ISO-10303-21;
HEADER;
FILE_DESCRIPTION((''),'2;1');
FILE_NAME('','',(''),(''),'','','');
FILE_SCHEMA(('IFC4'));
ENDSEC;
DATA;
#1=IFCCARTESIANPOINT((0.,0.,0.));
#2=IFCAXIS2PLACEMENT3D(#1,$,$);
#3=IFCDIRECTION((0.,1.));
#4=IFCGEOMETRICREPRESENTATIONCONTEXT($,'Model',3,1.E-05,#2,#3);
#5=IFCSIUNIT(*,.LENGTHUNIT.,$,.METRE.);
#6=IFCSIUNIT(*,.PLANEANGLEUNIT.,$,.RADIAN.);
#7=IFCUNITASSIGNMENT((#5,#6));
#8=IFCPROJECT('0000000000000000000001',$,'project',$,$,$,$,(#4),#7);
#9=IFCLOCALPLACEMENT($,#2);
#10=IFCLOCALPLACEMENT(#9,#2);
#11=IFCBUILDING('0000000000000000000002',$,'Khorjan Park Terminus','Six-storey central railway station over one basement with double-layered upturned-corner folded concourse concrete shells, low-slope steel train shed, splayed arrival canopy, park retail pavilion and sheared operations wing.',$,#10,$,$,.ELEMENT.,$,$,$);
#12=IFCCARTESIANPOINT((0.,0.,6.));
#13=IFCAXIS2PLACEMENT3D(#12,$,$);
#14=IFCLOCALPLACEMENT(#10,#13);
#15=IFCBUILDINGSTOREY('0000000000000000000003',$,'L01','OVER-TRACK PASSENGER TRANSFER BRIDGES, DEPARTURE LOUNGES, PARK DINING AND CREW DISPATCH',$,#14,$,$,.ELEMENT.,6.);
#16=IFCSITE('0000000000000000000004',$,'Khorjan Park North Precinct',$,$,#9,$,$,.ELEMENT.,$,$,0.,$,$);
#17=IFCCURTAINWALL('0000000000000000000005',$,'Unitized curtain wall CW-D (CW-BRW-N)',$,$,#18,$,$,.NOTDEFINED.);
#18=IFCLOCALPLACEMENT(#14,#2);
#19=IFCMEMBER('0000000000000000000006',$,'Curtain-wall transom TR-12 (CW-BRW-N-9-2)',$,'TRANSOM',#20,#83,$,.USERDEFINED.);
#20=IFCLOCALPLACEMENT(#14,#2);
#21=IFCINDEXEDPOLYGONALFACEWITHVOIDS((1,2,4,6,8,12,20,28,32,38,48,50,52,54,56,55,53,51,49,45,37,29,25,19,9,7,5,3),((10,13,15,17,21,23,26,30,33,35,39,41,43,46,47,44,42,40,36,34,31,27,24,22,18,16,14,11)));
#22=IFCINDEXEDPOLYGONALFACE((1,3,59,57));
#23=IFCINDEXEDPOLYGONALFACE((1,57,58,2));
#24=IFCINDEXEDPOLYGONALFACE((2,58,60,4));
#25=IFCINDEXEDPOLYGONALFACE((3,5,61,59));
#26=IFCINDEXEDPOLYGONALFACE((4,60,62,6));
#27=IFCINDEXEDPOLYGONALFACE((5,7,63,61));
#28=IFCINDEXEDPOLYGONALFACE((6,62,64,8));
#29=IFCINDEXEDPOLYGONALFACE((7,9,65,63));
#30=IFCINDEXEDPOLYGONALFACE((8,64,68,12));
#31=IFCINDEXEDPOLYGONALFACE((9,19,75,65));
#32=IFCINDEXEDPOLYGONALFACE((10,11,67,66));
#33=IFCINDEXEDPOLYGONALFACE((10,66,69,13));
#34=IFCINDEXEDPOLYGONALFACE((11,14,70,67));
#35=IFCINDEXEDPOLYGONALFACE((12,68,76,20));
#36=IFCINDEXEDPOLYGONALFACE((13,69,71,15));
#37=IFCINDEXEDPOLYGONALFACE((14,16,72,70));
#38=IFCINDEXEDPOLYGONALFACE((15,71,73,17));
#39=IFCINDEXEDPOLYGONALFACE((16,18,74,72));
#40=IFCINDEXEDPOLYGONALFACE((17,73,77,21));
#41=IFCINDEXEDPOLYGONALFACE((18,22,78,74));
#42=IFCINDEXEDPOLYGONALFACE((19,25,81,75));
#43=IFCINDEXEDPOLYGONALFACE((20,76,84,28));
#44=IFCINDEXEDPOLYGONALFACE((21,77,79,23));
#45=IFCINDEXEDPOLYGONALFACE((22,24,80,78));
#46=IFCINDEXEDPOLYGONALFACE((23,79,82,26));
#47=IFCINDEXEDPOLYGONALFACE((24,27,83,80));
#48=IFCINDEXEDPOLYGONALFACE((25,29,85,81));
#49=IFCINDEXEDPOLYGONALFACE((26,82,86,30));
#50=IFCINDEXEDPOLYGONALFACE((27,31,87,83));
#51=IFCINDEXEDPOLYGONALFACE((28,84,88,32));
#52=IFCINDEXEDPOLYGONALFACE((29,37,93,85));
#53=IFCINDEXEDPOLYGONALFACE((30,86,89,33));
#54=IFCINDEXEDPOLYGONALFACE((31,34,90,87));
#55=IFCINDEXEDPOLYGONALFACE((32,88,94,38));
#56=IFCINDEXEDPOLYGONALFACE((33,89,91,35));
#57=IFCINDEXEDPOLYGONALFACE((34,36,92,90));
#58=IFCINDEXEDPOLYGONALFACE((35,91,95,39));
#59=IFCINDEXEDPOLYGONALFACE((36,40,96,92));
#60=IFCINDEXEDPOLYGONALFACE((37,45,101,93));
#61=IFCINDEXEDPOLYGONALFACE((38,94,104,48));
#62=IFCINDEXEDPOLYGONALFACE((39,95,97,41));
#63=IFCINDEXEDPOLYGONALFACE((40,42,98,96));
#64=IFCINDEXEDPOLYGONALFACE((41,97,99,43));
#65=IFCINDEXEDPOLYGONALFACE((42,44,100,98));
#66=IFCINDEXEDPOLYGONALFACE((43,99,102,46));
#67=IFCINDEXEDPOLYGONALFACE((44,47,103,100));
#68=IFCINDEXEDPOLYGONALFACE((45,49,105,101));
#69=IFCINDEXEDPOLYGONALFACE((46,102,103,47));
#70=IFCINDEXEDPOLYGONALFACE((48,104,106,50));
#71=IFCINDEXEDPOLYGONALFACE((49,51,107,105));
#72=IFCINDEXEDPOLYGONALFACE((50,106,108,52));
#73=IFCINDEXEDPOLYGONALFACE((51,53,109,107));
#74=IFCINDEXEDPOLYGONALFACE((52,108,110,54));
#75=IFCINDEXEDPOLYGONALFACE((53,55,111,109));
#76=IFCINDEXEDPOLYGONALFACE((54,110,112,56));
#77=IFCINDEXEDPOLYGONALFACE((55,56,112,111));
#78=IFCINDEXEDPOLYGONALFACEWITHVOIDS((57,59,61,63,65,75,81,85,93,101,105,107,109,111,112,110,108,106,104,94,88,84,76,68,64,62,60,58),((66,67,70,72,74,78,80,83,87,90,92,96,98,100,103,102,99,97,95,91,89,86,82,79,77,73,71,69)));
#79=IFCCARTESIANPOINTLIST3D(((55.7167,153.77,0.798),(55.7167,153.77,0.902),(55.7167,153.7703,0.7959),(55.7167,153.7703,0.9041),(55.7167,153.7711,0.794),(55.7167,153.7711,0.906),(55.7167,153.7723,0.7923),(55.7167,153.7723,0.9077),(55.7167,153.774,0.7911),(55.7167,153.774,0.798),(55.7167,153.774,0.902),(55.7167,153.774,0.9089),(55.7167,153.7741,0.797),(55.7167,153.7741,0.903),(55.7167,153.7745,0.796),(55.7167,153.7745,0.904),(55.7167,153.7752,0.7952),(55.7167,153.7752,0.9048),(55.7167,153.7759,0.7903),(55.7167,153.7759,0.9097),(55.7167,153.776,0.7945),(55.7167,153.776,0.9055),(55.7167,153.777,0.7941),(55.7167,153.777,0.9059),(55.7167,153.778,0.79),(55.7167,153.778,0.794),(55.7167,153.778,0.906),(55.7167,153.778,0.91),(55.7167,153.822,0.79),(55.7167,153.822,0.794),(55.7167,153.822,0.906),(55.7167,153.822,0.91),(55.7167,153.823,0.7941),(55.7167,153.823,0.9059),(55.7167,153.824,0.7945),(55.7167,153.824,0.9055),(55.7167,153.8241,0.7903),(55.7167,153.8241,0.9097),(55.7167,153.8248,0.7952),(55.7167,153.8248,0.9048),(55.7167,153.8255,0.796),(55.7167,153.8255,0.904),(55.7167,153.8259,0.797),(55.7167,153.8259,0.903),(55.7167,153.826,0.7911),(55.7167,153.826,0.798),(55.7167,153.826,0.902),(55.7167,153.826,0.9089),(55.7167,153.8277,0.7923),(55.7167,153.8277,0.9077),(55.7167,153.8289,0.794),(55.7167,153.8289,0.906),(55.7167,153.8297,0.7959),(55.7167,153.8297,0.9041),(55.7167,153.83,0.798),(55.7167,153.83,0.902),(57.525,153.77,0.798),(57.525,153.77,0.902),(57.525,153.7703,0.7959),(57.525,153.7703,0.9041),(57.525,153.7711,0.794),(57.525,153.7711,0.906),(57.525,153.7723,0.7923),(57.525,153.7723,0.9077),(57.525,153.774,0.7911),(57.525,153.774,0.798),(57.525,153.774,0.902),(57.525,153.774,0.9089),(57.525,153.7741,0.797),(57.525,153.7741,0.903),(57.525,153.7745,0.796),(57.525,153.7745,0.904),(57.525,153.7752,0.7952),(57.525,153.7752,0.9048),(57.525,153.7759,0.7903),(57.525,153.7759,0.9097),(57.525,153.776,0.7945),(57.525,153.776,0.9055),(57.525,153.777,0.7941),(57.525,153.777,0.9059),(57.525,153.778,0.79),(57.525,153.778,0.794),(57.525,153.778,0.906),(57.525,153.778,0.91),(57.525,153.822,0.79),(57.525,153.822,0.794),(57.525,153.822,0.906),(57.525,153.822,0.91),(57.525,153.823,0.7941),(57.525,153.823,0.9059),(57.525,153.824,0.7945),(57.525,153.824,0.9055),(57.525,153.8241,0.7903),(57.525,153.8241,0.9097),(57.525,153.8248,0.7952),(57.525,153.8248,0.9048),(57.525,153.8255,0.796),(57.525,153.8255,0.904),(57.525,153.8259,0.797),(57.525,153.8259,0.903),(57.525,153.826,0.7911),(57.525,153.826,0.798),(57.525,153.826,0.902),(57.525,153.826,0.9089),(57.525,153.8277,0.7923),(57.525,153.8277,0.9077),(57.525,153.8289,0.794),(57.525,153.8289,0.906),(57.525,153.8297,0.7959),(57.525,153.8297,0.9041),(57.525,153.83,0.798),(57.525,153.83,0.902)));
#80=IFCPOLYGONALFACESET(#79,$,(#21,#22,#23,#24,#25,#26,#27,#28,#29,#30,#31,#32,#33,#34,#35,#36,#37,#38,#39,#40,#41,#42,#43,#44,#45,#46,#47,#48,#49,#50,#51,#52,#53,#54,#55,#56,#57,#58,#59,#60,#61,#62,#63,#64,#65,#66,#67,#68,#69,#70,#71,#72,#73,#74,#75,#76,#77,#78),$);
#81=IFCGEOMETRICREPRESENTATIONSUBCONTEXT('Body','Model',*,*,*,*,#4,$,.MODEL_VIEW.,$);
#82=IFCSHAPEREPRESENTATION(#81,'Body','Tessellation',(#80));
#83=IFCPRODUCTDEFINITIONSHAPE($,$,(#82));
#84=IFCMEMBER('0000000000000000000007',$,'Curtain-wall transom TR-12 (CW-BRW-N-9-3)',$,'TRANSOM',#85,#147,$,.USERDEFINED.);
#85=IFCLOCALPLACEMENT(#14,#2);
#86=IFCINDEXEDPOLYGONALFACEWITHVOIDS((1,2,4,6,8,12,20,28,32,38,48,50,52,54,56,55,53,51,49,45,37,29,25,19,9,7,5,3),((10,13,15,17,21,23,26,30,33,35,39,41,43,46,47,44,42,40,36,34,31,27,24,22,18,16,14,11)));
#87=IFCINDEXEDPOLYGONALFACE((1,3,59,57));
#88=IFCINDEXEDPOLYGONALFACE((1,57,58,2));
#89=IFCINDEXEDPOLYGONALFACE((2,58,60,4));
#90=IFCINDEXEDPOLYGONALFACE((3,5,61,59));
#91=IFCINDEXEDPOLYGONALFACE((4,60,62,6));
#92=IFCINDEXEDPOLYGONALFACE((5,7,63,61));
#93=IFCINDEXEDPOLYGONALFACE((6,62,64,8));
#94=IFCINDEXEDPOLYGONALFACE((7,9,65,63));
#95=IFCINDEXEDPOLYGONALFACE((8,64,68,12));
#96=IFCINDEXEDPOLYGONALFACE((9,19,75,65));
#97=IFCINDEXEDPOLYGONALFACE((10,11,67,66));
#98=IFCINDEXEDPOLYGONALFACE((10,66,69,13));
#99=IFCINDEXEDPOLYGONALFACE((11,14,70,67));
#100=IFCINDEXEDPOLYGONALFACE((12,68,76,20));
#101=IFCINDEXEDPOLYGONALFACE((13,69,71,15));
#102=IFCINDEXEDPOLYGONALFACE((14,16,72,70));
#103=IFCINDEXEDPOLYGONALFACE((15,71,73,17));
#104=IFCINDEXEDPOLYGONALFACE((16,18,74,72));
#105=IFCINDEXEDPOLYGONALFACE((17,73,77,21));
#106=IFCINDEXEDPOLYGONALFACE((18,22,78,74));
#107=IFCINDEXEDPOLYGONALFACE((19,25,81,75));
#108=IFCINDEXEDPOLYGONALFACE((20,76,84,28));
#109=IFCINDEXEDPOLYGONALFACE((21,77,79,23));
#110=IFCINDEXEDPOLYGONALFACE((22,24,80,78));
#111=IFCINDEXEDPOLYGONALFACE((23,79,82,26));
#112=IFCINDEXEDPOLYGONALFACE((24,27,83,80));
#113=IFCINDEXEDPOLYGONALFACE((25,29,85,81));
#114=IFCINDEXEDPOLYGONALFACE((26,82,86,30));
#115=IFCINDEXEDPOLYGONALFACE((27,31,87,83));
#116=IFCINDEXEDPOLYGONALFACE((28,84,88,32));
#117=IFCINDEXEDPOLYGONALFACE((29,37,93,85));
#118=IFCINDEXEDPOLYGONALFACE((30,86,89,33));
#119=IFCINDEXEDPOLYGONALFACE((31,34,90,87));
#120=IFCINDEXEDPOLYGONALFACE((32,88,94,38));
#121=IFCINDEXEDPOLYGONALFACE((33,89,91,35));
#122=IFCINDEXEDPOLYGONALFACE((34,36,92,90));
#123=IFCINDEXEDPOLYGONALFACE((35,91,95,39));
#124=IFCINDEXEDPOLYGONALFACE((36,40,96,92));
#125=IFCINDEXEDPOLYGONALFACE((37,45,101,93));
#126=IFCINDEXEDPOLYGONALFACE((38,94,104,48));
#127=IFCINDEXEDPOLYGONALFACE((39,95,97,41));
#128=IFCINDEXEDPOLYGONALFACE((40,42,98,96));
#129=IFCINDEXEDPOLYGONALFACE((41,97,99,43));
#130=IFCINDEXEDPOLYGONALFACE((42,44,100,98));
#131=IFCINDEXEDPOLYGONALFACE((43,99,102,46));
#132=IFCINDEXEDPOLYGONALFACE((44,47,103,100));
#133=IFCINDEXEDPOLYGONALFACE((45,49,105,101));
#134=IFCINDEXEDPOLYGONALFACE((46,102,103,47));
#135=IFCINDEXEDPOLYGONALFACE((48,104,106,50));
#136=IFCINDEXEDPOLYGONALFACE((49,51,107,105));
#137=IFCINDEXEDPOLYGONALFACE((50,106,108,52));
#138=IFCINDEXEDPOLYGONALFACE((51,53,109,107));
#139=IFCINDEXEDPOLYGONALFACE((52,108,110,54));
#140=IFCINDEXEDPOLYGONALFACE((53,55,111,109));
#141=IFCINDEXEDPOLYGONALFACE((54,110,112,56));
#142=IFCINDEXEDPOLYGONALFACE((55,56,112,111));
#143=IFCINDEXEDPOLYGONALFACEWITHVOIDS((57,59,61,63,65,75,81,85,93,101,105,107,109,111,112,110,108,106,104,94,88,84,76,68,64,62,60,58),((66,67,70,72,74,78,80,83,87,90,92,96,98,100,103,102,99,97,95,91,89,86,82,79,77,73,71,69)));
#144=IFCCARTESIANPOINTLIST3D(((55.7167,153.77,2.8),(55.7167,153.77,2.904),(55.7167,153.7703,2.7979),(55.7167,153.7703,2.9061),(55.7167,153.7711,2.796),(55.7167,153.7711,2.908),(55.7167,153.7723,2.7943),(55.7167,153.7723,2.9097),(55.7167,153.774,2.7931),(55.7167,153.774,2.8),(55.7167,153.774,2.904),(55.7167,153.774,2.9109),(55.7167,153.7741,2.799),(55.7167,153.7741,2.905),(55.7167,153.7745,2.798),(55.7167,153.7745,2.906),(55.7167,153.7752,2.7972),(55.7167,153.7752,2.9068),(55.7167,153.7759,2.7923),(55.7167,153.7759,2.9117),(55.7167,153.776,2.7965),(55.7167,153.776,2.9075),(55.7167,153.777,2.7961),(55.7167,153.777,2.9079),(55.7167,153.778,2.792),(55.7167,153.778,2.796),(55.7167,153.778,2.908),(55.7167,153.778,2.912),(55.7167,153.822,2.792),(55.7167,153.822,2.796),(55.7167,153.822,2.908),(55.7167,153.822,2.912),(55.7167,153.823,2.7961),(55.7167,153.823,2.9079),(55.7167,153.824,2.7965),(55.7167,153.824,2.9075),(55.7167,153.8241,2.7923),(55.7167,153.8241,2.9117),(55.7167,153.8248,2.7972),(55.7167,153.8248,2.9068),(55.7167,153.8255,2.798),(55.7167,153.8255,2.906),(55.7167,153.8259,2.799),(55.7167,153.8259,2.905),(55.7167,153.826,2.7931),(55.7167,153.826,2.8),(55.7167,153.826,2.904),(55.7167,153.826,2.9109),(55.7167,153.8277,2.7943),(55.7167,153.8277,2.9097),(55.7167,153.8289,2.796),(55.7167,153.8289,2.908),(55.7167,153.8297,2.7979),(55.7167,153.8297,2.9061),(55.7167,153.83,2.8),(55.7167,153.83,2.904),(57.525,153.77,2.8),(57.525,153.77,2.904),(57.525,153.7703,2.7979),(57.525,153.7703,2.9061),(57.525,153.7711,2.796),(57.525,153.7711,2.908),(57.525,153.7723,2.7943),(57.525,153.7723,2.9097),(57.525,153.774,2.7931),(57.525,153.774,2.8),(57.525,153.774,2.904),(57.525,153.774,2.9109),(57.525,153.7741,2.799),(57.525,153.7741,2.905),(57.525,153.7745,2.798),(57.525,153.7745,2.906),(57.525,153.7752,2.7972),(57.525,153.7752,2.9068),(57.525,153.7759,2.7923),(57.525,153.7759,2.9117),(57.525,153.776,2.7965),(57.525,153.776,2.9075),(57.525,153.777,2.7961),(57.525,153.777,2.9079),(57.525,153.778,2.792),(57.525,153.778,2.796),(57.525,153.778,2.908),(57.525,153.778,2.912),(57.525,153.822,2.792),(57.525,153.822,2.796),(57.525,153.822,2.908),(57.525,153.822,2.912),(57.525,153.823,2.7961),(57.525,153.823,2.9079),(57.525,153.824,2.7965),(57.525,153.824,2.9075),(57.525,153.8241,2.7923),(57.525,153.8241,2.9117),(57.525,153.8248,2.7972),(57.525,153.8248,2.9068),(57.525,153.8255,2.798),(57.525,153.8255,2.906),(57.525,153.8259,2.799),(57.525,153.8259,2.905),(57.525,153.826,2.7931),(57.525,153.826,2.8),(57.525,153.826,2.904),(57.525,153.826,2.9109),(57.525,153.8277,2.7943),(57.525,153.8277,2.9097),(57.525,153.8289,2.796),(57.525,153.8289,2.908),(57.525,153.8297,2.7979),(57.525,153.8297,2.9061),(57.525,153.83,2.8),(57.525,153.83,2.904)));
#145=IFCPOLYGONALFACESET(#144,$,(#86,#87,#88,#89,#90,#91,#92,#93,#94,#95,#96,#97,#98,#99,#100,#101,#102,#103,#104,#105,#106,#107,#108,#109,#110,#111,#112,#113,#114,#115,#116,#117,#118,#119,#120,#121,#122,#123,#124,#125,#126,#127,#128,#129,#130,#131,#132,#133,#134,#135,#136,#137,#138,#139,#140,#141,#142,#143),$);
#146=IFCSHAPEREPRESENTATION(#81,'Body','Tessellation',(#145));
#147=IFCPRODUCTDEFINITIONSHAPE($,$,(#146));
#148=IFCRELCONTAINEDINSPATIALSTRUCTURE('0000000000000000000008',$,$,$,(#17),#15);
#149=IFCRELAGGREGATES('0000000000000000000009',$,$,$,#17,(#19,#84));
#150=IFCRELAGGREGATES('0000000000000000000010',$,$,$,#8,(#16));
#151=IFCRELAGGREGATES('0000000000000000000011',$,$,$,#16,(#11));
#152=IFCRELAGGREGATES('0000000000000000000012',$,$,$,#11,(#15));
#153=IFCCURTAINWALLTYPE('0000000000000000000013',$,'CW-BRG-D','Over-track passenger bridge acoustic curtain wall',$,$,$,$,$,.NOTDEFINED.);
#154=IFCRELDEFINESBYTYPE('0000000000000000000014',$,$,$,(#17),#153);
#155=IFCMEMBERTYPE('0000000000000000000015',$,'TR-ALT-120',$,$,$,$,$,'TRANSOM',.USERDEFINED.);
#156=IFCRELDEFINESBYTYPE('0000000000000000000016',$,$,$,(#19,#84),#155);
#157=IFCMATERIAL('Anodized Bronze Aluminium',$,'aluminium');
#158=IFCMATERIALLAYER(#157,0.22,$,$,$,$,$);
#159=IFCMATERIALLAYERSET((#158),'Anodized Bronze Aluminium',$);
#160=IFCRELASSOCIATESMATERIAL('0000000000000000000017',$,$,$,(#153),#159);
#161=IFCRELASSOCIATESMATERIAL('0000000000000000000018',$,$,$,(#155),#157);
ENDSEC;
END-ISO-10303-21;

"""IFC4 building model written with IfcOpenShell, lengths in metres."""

from ifc_helpers import new_model, si_unit, direction, frame, origin, origin_2d, place, context, subcontext, project, spatial, hollow_rectangle, extrude, material, layer, layer_set, material_profile, profile_set, type_object, element, aggregate, save


model = new_model("IFC4")

# Units and contexts
model_context = context("Model", 3, precision=1e-05, world=origin(), true_north=direction((0.0, 1.0)))
body_context = subcontext(model_context, "Body", "Model", "MODEL_VIEW")
ifc_project = project(units=[si_unit("LENGTHUNIT", "METRE"), si_unit("PLANEANGLEUNIT", "RADIAN")], contexts=[model_context])

# Site, building, storey
site_placement = place(None, origin())
site = spatial("IfcSite", under=ifc_project, at=site_placement, Name="Khorjan Park North Precinct", CompositionType="ELEMENT", RefElevation=0.0)
building_placement = place(site_placement, origin())
building = spatial("IfcBuilding", under=site, at=building_placement, Name="Khorjan Park Terminus", Description="Six-storey central railway station over one basement with double-layered upturned-corner folded concourse concrete shells, low-slope steel train shed, splayed arrival canopy, park retail pavilion and sheared operations wing.", CompositionType="ELEMENT")
storey_placement = place(building_placement, frame((0.0, 0.0, 6.0)))
storey = spatial("IfcBuildingStorey", under=building, at=storey_placement, Name="L01", Description="OVER-TRACK PASSENGER TRANSFER BRIDGES, DEPARTURE LOUNGES, PARK DINING AND CREW DISPATCH", CompositionType="ELEMENT", Elevation=6.0)

# Curtain wall
ifc_material_1 = material(Name="Anodized Bronze Aluminium", Category="aluminium")
ifc_layer_1 = layer(ifc_material_1, 0.22)
ifc_layer_set_1 = layer_set([ifc_layer_1], Name="Anodized Bronze Aluminium")
curtain_wall_type = type_object("IfcCurtainWallType", Name="CW-BRG-D", Description="Over-track passenger bridge acoustic curtain wall", PredefinedType="NOTDEFINED", material=ifc_layer_set_1)
curtain_wall_1_placement = place(storey_placement, origin())
curtain_wall_1 = element("IfcCurtainWall", 1, at=curtain_wall_1_placement, inside=storey, type_object=curtain_wall_type, Name="Unitized curtain wall CW-D (CW-BRW-N)", PredefinedType="NOTDEFINED")
ifc_material_profile_1 = material_profile(ifc_material_1, hollow_rectangle(XDim=0.06, YDim=0.12, WallThickness=0.004, InnerFilletRadius=0.004, OuterFilletRadius=0.008, at=origin_2d()), Name="ALT 60x120x4")
ifc_profile_set_1 = profile_set([ifc_material_profile_1], Name="Anodized Bronze Aluminium")
member_type_1 = type_object("IfcMemberType", Name="TR-ALT-120", ElementType="TRANSOM", PredefinedType="USERDEFINED", material=ifc_profile_set_1)

# Members
member_1_placement = place(storey_placement, frame((57.525, 153.8, 0.85), z_axis=(-1.0, 0.0, 0.0), x_axis=(0.0, -1.0, 0.0)))
member_1 = element("IfcMember", 2, at=member_1_placement, type_object=member_type_1, Name="Curtain-wall transom TR-12 (CW-BRW-N-9-2)", ObjectType="TRANSOM", PredefinedType="USERDEFINED", context=body_context, shape_type="SweptSolid", body=[
    extrude(hollow_rectangle(XDim=0.06, YDim=0.12, WallThickness=0.004, InnerFilletRadius=0.004, OuterFilletRadius=0.008, at=origin_2d()), origin(), (0.0, 0.0, 1.0), 1.8083),
])
member_2_placement = place(storey_placement, frame((57.525, 153.8, 2.852), z_axis=(-1.0, 0.0, 0.0), x_axis=(0.0, -1.0, 0.0)))
member_2 = element("IfcMember", 3, at=member_2_placement, type_object=member_type_1, Name="Curtain-wall transom TR-12 (CW-BRW-N-9-3)", ObjectType="TRANSOM", PredefinedType="USERDEFINED", context=body_context, shape_type="SweptSolid", body=[
    extrude(hollow_rectangle(XDim=0.06, YDim=0.12, WallThickness=0.004, InnerFilletRadius=0.004, OuterFilletRadius=0.008, at=origin_2d()), origin(), (0.0, 0.0, 1.0), 1.8083),
])

aggregate(curtain_wall_1, [member_1, member_2])

save(model, "model.ifc")
